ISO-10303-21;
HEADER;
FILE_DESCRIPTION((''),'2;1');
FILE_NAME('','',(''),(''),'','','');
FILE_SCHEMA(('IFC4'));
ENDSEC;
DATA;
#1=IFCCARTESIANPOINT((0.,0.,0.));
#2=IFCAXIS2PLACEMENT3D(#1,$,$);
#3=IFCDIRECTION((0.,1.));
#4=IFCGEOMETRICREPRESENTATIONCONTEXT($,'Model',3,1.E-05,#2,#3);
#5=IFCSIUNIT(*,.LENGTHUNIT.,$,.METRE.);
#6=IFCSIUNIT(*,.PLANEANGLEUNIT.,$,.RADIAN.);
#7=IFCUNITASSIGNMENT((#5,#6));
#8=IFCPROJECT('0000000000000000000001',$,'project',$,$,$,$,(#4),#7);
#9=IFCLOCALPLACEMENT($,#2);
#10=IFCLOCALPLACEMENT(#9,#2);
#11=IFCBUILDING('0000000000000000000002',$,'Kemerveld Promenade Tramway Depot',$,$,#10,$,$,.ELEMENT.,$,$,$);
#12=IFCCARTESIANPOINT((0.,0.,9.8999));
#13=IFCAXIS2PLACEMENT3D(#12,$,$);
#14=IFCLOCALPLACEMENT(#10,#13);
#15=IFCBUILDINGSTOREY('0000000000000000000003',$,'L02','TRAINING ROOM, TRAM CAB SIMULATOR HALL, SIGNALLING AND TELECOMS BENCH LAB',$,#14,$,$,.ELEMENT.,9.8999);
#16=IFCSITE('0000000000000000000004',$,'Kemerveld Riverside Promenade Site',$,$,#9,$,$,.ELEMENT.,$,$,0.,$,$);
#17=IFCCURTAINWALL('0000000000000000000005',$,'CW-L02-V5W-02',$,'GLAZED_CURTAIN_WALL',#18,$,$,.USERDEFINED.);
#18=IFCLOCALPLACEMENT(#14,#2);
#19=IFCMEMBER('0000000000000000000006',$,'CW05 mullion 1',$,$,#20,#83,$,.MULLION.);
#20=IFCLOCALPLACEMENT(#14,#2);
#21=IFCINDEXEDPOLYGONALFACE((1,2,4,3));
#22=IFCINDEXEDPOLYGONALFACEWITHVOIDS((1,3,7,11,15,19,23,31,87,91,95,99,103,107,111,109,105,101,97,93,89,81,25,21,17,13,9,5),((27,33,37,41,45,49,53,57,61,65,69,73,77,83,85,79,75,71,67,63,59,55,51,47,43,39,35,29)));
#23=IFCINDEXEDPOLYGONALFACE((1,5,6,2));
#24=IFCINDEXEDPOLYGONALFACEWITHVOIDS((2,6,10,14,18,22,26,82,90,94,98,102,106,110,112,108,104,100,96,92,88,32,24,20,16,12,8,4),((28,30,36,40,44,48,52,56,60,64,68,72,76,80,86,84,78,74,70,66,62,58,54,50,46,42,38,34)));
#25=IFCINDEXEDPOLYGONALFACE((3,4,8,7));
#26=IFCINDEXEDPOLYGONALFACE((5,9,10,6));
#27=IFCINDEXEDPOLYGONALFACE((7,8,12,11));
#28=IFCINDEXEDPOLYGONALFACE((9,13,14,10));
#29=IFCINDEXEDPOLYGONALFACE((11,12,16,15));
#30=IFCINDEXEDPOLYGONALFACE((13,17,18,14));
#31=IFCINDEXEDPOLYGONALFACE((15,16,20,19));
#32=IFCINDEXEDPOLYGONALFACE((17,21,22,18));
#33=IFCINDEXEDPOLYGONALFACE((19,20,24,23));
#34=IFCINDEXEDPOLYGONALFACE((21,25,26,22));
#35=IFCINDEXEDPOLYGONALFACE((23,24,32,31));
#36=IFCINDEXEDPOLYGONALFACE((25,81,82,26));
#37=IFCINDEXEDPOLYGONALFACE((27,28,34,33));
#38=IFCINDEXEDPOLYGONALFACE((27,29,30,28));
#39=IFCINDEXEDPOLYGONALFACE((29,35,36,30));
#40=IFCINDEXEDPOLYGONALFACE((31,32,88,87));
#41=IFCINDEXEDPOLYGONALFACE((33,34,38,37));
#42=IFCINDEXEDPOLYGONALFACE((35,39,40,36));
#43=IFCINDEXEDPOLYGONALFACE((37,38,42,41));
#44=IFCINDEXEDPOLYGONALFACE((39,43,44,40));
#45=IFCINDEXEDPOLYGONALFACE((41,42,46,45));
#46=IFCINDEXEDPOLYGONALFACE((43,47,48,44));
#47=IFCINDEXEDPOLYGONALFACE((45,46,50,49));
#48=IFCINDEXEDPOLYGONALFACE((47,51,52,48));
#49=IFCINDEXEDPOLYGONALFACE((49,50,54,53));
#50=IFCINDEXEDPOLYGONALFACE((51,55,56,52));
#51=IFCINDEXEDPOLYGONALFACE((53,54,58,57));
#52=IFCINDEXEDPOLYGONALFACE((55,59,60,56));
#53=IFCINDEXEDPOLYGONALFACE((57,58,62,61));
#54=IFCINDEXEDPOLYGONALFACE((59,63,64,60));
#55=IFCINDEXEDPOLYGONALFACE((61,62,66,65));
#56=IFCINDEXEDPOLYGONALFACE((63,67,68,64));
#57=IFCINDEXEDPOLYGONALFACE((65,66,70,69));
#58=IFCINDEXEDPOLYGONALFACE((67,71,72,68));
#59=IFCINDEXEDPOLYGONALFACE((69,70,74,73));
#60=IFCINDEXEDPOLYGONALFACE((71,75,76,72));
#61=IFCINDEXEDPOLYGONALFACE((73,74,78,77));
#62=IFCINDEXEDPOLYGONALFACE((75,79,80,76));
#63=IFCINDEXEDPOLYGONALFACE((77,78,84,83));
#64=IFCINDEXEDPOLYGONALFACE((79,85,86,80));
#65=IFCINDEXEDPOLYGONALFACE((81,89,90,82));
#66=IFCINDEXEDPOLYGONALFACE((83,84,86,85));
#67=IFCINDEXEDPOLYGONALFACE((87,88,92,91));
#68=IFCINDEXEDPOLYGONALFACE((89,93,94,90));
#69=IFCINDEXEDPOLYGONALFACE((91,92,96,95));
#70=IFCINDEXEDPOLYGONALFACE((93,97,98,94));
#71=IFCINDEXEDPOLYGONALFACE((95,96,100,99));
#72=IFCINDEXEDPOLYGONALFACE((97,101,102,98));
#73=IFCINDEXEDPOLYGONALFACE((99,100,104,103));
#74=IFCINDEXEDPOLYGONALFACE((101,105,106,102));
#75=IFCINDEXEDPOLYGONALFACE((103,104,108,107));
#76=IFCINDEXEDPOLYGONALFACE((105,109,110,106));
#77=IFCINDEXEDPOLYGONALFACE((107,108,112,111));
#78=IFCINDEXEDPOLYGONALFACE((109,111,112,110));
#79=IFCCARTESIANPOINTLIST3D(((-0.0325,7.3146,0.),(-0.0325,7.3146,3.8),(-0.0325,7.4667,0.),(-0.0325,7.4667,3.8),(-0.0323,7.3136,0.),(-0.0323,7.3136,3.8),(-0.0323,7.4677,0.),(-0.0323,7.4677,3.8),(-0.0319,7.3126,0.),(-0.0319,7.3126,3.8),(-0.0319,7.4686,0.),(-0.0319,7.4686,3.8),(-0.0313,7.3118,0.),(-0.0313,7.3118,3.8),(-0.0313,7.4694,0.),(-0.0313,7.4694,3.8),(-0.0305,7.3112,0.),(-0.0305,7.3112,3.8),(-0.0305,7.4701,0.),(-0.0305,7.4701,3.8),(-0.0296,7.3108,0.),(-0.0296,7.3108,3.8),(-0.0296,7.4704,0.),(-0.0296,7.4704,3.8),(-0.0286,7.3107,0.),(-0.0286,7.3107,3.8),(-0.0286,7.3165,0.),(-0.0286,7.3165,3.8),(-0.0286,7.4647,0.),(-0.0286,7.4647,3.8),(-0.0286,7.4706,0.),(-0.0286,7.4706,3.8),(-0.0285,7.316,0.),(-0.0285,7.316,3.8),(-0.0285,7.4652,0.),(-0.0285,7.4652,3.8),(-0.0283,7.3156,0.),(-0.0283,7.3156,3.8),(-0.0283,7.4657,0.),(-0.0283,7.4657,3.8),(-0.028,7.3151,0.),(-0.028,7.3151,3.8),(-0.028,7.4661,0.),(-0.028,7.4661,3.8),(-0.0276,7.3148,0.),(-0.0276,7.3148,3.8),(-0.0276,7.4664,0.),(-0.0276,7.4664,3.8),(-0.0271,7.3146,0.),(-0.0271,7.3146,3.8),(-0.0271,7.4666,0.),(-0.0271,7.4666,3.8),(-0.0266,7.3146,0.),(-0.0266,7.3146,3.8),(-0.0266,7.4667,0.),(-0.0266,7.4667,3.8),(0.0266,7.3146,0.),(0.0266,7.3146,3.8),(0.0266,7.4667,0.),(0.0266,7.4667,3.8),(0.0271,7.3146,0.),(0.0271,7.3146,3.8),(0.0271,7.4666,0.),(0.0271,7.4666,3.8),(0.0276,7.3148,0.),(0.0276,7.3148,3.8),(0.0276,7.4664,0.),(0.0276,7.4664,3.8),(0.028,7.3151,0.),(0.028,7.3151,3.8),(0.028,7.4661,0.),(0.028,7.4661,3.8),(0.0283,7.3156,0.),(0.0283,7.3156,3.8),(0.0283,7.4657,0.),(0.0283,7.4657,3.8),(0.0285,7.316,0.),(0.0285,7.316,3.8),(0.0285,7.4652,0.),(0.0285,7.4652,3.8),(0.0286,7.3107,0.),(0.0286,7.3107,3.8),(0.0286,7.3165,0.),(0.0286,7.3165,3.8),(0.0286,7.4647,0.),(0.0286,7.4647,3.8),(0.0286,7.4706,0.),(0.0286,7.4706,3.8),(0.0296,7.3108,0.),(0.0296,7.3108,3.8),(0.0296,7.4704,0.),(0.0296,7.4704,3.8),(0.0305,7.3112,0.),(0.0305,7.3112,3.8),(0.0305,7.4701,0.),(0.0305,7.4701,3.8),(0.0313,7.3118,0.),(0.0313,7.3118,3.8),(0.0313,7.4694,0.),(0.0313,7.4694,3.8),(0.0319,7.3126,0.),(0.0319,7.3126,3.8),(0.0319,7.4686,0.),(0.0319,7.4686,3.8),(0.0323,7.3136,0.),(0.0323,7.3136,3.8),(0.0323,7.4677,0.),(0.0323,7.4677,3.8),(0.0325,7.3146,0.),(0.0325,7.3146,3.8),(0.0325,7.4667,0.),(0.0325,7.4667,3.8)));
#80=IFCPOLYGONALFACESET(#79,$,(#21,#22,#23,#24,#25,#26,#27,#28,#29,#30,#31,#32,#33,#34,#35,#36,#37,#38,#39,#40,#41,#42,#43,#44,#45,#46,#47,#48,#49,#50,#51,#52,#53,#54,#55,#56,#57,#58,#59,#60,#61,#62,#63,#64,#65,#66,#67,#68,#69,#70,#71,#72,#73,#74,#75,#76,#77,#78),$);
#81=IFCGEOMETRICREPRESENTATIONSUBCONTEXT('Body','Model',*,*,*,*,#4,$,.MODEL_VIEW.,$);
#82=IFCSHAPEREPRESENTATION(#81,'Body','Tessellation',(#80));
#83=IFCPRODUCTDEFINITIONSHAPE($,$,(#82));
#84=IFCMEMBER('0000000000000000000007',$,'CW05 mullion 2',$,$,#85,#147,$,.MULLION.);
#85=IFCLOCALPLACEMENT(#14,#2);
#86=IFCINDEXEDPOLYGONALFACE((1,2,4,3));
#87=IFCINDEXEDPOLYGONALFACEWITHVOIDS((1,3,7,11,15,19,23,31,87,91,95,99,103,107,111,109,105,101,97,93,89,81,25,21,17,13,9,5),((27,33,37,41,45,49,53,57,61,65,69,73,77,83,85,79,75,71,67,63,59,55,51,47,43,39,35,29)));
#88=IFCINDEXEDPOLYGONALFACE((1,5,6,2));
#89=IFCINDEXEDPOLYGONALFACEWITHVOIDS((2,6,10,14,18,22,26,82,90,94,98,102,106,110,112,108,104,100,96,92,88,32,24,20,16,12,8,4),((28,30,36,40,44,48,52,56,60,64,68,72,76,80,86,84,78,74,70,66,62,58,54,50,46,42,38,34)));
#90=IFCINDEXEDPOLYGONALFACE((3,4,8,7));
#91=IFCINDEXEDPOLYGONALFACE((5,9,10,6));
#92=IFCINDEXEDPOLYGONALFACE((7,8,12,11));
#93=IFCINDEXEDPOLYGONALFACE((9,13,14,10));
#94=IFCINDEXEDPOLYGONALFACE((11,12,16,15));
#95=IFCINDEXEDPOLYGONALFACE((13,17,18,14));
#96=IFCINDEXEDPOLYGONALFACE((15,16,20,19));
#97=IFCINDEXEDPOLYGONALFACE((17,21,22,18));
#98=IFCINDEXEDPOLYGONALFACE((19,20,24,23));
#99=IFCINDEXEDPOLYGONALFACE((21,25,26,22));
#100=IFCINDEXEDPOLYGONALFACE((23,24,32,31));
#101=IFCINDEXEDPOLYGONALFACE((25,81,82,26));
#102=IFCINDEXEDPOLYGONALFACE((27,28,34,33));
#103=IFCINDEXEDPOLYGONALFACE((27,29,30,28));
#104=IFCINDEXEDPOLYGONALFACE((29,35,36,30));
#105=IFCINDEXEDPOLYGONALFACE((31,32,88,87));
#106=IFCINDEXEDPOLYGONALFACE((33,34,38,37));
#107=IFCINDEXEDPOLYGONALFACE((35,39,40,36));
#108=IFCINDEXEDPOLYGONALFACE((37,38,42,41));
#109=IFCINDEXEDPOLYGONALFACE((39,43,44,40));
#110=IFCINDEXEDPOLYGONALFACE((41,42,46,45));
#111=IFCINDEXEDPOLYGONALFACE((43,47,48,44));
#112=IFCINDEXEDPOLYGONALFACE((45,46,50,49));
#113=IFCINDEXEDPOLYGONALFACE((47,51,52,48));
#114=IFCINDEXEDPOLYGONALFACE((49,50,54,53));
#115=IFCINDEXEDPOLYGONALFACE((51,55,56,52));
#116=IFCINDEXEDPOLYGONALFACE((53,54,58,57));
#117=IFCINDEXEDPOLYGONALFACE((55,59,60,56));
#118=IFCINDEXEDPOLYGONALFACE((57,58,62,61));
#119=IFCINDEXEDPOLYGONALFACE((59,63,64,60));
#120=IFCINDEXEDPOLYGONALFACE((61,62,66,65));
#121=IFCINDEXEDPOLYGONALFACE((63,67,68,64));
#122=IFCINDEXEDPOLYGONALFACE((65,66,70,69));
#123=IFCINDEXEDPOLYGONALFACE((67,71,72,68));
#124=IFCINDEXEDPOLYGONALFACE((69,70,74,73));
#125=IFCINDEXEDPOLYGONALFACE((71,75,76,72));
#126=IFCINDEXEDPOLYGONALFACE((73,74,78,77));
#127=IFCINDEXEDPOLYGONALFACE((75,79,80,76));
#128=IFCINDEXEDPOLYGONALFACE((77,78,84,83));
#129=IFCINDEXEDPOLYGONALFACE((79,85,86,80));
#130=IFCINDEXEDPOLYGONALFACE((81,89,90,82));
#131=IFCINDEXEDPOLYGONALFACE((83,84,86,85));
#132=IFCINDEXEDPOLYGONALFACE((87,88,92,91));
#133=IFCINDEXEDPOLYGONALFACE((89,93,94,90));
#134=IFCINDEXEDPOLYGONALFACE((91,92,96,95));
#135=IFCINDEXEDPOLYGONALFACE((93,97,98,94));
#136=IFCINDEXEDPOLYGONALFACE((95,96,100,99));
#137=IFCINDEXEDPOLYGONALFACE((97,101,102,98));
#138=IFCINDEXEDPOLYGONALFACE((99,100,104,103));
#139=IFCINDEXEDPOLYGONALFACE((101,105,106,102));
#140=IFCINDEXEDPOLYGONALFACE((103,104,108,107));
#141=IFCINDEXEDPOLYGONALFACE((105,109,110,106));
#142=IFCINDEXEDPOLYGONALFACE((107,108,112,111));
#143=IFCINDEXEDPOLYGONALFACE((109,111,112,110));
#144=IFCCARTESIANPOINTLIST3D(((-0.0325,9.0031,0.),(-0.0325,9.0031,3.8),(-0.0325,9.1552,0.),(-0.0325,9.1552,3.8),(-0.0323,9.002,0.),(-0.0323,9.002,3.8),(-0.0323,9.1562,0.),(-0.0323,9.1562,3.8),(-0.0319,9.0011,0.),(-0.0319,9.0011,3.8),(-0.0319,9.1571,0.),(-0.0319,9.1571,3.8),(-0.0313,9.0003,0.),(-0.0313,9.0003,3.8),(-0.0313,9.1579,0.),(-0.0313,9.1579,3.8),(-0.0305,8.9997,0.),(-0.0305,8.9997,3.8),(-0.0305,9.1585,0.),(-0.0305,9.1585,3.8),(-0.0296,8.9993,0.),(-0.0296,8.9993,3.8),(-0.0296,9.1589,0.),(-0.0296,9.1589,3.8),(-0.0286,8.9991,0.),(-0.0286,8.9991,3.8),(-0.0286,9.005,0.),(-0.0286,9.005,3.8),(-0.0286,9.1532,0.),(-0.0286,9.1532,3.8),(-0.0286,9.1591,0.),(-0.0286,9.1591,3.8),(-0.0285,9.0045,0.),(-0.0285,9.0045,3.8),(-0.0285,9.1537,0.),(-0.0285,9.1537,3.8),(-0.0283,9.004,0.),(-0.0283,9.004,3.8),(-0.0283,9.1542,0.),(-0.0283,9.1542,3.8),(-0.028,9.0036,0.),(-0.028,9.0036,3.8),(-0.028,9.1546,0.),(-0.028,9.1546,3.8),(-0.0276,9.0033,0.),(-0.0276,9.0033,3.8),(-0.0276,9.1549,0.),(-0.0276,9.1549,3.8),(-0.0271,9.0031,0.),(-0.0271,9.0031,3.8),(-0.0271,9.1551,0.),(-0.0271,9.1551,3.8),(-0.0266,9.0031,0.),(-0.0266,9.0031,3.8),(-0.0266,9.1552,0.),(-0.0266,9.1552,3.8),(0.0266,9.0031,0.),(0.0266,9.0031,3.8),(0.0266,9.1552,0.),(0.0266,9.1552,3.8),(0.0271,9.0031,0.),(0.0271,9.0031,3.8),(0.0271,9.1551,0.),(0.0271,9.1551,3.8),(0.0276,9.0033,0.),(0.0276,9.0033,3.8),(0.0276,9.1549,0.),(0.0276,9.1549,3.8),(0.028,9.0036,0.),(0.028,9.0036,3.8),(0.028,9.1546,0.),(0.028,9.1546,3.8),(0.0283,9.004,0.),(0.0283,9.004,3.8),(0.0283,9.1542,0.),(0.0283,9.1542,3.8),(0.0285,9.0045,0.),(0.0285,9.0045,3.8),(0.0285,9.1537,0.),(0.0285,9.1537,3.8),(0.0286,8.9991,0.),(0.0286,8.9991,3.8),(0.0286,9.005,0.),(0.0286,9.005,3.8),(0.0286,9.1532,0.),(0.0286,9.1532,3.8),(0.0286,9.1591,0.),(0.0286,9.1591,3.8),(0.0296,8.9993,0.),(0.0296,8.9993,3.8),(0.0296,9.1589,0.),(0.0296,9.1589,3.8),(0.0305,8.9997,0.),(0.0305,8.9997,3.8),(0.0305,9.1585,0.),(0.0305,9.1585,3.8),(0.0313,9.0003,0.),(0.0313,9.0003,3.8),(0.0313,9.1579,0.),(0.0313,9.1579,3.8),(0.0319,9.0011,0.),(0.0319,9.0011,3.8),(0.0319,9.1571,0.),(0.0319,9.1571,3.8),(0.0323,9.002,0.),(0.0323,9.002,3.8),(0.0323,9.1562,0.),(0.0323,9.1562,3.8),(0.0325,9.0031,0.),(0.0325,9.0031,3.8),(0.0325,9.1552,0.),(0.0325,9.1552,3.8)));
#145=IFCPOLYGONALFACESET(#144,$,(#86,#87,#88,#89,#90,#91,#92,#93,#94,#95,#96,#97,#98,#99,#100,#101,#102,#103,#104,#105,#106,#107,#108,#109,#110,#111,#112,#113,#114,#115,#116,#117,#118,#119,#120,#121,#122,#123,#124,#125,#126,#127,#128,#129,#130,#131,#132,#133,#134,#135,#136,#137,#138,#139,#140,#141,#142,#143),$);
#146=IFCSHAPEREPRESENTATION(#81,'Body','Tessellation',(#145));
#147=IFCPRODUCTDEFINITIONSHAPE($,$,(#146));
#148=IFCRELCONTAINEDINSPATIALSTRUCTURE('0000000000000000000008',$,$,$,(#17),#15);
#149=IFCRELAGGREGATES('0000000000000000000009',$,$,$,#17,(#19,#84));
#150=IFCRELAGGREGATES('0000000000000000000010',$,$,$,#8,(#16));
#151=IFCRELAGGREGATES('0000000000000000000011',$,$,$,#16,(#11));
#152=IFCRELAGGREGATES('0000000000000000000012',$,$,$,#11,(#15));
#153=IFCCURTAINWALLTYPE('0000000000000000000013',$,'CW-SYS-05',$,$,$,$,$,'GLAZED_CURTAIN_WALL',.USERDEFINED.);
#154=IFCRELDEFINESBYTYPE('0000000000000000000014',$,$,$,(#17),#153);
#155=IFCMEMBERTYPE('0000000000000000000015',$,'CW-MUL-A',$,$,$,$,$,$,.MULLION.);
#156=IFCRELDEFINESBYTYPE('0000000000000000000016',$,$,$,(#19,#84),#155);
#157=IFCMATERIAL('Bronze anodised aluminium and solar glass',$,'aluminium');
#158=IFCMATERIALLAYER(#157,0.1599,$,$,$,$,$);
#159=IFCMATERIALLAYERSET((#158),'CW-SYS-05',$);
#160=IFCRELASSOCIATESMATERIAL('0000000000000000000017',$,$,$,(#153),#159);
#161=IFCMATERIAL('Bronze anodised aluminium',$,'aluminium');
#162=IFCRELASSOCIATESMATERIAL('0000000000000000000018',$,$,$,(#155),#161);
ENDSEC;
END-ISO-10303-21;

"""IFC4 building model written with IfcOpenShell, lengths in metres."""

from ifc_helpers import new_model, si_unit, direction, frame, origin, origin_2d, place, context, subcontext, project, spatial, hollow_rectangle, extrude, material, layer, layer_set, material_profile, profile_set, type_object, element, aggregate, save


model = new_model("IFC4")

# Units and contexts
model_context = context("Model", 3, precision=1e-05, world=origin(), true_north=direction((0.0, 1.0)))
body_context = subcontext(model_context, "Body", "Model", "MODEL_VIEW")
ifc_project = project(units=[si_unit("LENGTHUNIT", "METRE"), si_unit("PLANEANGLEUNIT", "RADIAN")], contexts=[model_context])

# Site, building, storey
site_placement = place(None, origin())
site = spatial("IfcSite", under=ifc_project, at=site_placement, Name="Kemerveld Riverside Promenade Site", CompositionType="ELEMENT", RefElevation=0.0)
building_placement = place(site_placement, origin())
building = spatial("IfcBuilding", under=site, at=building_placement, Name="Kemerveld Promenade Tramway Depot", CompositionType="ELEMENT")
storey_placement = place(building_placement, frame((0.0, 0.0, 9.8999)))
storey = spatial("IfcBuildingStorey", under=building, at=storey_placement, Name="L02", Description="TRAINING ROOM, TRAM CAB SIMULATOR HALL, SIGNALLING AND TELECOMS BENCH LAB", CompositionType="ELEMENT", Elevation=9.8999)

# Curtain wall, members
ifc_material_1 = material(Name="Bronze anodised aluminium and solar glass", Category="aluminium")
ifc_layer_1 = layer(ifc_material_1, 0.1599)
ifc_layer_set_1 = layer_set([ifc_layer_1], Name="CW-SYS-05")
curtain_wall_type = type_object("IfcCurtainWallType", Name="CW-SYS-05", ElementType="GLAZED_CURTAIN_WALL", PredefinedType="USERDEFINED", material=ifc_layer_set_1)
curtain_wall_placement = place(storey_placement, origin())
curtain_wall = element("IfcCurtainWall", 1, at=curtain_wall_placement, inside=storey, type_object=curtain_wall_type, Name="CW-L02-V5W-02", ObjectType="GLAZED_CURTAIN_WALL", PredefinedType="USERDEFINED")
ifc_material_2 = material(Name="Bronze anodised aluminium", Category="aluminium")
ifc_material_profile_1 = material_profile(ifc_material_2, hollow_rectangle(XDim=0.0649, YDim=0.1599, WallThickness=0.0039, InnerFilletRadius=0.002, OuterFilletRadius=0.0039, at=origin_2d()), Name="CW-MUL-160x65")
ifc_profile_set_1 = profile_set([ifc_material_profile_1], Name="Bronze anodised aluminium")
member_type_1 = type_object("IfcMemberType", Name="CW-MUL-A", PredefinedType="MULLION", material=ifc_profile_set_1)
member_1_placement = place(storey_placement, frame((0.0, 7.3906, 0.0), z_axis=(0.0, 0.0, 1.0), x_axis=(-1.0, 0.0, 0.0)))
member_1 = element("IfcMember", 2, at=member_1_placement, type_object=member_type_1, Name="CW05 mullion 1", PredefinedType="MULLION", context=body_context, shape_type="SweptSolid", body=[
    extrude(hollow_rectangle(XDim=0.0649, YDim=0.1599, WallThickness=0.0039, InnerFilletRadius=0.002, OuterFilletRadius=0.0039, at=origin_2d()), origin(), (0.0, 0.0, 1.0), 3.8),
])
member_2_placement = place(storey_placement, frame((0.0, 9.0791, 0.0), z_axis=(0.0, 0.0, 1.0), x_axis=(-1.0, 0.0, 0.0)))
member_2 = element("IfcMember", 3, at=member_2_placement, type_object=member_type_1, Name="CW05 mullion 2", PredefinedType="MULLION", context=body_context, shape_type="SweptSolid", body=[
    extrude(hollow_rectangle(XDim=0.0649, YDim=0.1599, WallThickness=0.0039, InnerFilletRadius=0.002, OuterFilletRadius=0.0039, at=origin_2d()), origin(), (0.0, 0.0, 1.0), 3.8),
])
aggregate(curtain_wall, [member_1, member_2])

save(model, "model.ifc")
